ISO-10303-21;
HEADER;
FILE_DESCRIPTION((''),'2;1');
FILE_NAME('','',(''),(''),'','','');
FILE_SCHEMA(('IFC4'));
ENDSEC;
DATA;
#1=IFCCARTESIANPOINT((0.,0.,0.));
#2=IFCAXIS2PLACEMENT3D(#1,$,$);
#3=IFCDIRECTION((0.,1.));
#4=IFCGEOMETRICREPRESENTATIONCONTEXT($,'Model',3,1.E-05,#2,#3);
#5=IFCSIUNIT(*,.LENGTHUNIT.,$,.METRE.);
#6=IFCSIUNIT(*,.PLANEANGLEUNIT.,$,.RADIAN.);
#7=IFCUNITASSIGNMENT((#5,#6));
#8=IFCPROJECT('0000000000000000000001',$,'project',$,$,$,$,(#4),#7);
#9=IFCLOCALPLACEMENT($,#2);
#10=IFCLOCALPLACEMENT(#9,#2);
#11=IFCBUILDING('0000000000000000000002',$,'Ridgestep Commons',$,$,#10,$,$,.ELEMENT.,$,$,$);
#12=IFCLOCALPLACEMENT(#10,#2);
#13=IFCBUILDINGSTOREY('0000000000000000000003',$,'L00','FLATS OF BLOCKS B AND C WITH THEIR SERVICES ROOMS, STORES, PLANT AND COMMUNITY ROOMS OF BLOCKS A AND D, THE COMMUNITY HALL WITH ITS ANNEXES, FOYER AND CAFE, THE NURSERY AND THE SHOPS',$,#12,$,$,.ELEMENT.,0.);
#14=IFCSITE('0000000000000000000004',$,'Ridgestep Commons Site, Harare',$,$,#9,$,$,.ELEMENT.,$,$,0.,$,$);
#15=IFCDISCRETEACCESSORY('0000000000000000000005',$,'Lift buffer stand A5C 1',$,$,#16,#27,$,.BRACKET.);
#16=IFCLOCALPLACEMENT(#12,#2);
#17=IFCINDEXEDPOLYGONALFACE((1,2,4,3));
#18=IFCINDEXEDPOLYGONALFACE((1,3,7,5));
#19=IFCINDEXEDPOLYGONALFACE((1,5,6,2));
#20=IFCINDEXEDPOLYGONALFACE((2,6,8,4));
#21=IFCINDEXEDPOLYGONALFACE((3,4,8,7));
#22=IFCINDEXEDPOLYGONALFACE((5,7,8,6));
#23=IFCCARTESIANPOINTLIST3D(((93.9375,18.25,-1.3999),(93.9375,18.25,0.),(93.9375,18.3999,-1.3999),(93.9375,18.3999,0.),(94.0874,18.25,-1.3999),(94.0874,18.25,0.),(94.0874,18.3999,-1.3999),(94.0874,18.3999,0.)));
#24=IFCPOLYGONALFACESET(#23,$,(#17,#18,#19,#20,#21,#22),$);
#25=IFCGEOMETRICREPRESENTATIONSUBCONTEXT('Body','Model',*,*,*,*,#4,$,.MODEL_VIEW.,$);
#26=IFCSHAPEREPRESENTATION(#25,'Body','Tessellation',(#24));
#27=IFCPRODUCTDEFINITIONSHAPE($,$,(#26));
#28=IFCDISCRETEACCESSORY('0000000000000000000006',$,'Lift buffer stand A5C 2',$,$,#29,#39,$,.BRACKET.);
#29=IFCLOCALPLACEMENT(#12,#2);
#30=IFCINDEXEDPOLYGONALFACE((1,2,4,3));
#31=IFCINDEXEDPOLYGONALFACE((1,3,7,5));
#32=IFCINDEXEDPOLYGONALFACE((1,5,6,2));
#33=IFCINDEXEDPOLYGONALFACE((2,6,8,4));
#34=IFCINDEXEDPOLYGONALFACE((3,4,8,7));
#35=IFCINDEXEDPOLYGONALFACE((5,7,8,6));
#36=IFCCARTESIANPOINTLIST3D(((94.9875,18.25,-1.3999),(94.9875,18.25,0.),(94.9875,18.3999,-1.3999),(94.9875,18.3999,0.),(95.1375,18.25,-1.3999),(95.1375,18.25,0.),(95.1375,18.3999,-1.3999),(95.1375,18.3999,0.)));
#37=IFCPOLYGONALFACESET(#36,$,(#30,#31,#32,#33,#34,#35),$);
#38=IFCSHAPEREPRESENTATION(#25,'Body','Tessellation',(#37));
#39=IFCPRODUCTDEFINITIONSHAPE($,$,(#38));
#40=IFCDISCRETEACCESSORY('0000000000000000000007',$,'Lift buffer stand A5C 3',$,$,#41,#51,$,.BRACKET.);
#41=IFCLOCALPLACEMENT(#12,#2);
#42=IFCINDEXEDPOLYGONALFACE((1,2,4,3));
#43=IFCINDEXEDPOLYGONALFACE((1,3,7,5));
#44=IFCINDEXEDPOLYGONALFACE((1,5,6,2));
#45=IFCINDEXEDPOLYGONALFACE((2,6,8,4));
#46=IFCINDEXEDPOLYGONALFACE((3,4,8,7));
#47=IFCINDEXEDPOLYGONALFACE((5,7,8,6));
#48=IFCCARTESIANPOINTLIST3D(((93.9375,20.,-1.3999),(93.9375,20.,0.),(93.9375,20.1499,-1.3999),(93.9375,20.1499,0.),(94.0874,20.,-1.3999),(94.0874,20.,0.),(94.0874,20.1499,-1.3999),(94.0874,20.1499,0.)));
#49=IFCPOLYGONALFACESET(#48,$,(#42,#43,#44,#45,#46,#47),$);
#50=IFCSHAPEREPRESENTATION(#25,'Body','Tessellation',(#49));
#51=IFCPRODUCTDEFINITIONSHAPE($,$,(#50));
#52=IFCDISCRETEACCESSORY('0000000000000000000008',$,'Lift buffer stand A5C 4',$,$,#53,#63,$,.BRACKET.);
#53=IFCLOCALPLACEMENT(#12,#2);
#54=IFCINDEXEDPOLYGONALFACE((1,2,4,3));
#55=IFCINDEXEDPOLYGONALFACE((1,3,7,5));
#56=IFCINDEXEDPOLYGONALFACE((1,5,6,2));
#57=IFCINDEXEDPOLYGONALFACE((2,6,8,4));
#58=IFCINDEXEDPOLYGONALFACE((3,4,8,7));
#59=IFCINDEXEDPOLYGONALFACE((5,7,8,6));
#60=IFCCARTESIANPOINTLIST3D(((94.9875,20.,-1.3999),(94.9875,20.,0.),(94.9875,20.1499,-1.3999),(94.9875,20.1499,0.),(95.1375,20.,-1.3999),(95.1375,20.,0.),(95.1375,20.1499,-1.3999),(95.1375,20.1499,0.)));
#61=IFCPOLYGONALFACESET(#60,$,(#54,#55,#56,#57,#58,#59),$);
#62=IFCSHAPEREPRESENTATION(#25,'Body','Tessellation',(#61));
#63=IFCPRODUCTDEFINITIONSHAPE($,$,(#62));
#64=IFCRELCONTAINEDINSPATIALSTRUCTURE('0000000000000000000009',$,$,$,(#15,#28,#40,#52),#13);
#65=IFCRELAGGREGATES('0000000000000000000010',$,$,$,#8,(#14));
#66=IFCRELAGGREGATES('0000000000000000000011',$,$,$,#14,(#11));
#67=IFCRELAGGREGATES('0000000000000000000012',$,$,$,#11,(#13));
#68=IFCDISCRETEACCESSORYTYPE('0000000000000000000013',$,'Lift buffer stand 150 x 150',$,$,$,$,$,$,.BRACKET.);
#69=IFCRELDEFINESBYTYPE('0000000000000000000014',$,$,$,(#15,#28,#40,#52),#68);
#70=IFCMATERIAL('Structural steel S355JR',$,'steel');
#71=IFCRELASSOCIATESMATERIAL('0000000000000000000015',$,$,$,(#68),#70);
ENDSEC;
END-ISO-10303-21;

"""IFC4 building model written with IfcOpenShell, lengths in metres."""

from ifc_helpers import new_model, si_unit, direction, frame, origin, origin_2d, place, context, subcontext, project, spatial, rectangle, extrude, material, type_object, element, save


model = new_model("IFC4")

# Units and contexts
model_context = context("Model", 3, precision=1e-05, world=origin(), true_north=direction((0.0, 1.0)))
body_context = subcontext(model_context, "Body", "Model", "MODEL_VIEW")
ifc_project = project(units=[si_unit("LENGTHUNIT", "METRE"), si_unit("PLANEANGLEUNIT", "RADIAN")], contexts=[model_context])

# Site, building, storey
site_placement = place(None, origin())
site = spatial("IfcSite", under=ifc_project, at=site_placement, Name="Ridgestep Commons Site, Harare", CompositionType="ELEMENT", RefElevation=0.0)
building_placement = place(site_placement, origin())
building = spatial("IfcBuilding", under=site, at=building_placement, Name="Ridgestep Commons", CompositionType="ELEMENT")
storey_placement = place(building_placement, origin())
storey = spatial("IfcBuildingStorey", under=building, at=storey_placement, Name="L00", Description="FLATS OF BLOCKS B AND C WITH THEIR SERVICES ROOMS, STORES, PLANT AND COMMUNITY ROOMS OF BLOCKS A AND D, THE COMMUNITY HALL WITH ITS ANNEXES, FOYER AND CAFE, THE NURSERY AND THE SHOPS", CompositionType="ELEMENT", Elevation=0.0)

# Discrete accessories
ifc_material_1 = material(Name="Structural steel S355JR", Category="steel")
discrete_accessory_type = type_object("IfcDiscreteAccessoryType", Name="Lift buffer stand 150 x 150", PredefinedType="BRACKET", material=ifc_material_1)
for number, where, z_axis, x_axis, name in (
    (1, (94.0125, 18.325, -1.3999), (0.0, 0.0, 1.0), (1.0, 0.0, 0.0), "Lift buffer stand A5C 1"),
    (2, (95.0625, 18.325, -1.3999), (0.0, 0.0, 1.0), (1.0, 0.0, 0.0), "Lift buffer stand A5C 2"),
    (3, (94.0125, 20.075, -1.3999), (0.0, 0.0, 1.0), (1.0, 0.0, 0.0), "Lift buffer stand A5C 3"),
    (4, (95.0625, 20.075, -1.3999), (0.0, 0.0, 1.0), (1.0, 0.0, 0.0), "Lift buffer stand A5C 4"),
):
    element("IfcDiscreteAccessory", number, at=place(storey_placement, frame(where, z_axis=z_axis, x_axis=x_axis)), inside=storey, type_object=discrete_accessory_type, Name=name, PredefinedType="BRACKET", context=body_context, shape_type="SweptSolid", body=[
        extrude(rectangle(XDim=0.1499, YDim=0.1499, at=origin_2d()), origin(), (0.0, 0.0, 1.0), 1.3999),
    ])

save(model, "model.ifc")
